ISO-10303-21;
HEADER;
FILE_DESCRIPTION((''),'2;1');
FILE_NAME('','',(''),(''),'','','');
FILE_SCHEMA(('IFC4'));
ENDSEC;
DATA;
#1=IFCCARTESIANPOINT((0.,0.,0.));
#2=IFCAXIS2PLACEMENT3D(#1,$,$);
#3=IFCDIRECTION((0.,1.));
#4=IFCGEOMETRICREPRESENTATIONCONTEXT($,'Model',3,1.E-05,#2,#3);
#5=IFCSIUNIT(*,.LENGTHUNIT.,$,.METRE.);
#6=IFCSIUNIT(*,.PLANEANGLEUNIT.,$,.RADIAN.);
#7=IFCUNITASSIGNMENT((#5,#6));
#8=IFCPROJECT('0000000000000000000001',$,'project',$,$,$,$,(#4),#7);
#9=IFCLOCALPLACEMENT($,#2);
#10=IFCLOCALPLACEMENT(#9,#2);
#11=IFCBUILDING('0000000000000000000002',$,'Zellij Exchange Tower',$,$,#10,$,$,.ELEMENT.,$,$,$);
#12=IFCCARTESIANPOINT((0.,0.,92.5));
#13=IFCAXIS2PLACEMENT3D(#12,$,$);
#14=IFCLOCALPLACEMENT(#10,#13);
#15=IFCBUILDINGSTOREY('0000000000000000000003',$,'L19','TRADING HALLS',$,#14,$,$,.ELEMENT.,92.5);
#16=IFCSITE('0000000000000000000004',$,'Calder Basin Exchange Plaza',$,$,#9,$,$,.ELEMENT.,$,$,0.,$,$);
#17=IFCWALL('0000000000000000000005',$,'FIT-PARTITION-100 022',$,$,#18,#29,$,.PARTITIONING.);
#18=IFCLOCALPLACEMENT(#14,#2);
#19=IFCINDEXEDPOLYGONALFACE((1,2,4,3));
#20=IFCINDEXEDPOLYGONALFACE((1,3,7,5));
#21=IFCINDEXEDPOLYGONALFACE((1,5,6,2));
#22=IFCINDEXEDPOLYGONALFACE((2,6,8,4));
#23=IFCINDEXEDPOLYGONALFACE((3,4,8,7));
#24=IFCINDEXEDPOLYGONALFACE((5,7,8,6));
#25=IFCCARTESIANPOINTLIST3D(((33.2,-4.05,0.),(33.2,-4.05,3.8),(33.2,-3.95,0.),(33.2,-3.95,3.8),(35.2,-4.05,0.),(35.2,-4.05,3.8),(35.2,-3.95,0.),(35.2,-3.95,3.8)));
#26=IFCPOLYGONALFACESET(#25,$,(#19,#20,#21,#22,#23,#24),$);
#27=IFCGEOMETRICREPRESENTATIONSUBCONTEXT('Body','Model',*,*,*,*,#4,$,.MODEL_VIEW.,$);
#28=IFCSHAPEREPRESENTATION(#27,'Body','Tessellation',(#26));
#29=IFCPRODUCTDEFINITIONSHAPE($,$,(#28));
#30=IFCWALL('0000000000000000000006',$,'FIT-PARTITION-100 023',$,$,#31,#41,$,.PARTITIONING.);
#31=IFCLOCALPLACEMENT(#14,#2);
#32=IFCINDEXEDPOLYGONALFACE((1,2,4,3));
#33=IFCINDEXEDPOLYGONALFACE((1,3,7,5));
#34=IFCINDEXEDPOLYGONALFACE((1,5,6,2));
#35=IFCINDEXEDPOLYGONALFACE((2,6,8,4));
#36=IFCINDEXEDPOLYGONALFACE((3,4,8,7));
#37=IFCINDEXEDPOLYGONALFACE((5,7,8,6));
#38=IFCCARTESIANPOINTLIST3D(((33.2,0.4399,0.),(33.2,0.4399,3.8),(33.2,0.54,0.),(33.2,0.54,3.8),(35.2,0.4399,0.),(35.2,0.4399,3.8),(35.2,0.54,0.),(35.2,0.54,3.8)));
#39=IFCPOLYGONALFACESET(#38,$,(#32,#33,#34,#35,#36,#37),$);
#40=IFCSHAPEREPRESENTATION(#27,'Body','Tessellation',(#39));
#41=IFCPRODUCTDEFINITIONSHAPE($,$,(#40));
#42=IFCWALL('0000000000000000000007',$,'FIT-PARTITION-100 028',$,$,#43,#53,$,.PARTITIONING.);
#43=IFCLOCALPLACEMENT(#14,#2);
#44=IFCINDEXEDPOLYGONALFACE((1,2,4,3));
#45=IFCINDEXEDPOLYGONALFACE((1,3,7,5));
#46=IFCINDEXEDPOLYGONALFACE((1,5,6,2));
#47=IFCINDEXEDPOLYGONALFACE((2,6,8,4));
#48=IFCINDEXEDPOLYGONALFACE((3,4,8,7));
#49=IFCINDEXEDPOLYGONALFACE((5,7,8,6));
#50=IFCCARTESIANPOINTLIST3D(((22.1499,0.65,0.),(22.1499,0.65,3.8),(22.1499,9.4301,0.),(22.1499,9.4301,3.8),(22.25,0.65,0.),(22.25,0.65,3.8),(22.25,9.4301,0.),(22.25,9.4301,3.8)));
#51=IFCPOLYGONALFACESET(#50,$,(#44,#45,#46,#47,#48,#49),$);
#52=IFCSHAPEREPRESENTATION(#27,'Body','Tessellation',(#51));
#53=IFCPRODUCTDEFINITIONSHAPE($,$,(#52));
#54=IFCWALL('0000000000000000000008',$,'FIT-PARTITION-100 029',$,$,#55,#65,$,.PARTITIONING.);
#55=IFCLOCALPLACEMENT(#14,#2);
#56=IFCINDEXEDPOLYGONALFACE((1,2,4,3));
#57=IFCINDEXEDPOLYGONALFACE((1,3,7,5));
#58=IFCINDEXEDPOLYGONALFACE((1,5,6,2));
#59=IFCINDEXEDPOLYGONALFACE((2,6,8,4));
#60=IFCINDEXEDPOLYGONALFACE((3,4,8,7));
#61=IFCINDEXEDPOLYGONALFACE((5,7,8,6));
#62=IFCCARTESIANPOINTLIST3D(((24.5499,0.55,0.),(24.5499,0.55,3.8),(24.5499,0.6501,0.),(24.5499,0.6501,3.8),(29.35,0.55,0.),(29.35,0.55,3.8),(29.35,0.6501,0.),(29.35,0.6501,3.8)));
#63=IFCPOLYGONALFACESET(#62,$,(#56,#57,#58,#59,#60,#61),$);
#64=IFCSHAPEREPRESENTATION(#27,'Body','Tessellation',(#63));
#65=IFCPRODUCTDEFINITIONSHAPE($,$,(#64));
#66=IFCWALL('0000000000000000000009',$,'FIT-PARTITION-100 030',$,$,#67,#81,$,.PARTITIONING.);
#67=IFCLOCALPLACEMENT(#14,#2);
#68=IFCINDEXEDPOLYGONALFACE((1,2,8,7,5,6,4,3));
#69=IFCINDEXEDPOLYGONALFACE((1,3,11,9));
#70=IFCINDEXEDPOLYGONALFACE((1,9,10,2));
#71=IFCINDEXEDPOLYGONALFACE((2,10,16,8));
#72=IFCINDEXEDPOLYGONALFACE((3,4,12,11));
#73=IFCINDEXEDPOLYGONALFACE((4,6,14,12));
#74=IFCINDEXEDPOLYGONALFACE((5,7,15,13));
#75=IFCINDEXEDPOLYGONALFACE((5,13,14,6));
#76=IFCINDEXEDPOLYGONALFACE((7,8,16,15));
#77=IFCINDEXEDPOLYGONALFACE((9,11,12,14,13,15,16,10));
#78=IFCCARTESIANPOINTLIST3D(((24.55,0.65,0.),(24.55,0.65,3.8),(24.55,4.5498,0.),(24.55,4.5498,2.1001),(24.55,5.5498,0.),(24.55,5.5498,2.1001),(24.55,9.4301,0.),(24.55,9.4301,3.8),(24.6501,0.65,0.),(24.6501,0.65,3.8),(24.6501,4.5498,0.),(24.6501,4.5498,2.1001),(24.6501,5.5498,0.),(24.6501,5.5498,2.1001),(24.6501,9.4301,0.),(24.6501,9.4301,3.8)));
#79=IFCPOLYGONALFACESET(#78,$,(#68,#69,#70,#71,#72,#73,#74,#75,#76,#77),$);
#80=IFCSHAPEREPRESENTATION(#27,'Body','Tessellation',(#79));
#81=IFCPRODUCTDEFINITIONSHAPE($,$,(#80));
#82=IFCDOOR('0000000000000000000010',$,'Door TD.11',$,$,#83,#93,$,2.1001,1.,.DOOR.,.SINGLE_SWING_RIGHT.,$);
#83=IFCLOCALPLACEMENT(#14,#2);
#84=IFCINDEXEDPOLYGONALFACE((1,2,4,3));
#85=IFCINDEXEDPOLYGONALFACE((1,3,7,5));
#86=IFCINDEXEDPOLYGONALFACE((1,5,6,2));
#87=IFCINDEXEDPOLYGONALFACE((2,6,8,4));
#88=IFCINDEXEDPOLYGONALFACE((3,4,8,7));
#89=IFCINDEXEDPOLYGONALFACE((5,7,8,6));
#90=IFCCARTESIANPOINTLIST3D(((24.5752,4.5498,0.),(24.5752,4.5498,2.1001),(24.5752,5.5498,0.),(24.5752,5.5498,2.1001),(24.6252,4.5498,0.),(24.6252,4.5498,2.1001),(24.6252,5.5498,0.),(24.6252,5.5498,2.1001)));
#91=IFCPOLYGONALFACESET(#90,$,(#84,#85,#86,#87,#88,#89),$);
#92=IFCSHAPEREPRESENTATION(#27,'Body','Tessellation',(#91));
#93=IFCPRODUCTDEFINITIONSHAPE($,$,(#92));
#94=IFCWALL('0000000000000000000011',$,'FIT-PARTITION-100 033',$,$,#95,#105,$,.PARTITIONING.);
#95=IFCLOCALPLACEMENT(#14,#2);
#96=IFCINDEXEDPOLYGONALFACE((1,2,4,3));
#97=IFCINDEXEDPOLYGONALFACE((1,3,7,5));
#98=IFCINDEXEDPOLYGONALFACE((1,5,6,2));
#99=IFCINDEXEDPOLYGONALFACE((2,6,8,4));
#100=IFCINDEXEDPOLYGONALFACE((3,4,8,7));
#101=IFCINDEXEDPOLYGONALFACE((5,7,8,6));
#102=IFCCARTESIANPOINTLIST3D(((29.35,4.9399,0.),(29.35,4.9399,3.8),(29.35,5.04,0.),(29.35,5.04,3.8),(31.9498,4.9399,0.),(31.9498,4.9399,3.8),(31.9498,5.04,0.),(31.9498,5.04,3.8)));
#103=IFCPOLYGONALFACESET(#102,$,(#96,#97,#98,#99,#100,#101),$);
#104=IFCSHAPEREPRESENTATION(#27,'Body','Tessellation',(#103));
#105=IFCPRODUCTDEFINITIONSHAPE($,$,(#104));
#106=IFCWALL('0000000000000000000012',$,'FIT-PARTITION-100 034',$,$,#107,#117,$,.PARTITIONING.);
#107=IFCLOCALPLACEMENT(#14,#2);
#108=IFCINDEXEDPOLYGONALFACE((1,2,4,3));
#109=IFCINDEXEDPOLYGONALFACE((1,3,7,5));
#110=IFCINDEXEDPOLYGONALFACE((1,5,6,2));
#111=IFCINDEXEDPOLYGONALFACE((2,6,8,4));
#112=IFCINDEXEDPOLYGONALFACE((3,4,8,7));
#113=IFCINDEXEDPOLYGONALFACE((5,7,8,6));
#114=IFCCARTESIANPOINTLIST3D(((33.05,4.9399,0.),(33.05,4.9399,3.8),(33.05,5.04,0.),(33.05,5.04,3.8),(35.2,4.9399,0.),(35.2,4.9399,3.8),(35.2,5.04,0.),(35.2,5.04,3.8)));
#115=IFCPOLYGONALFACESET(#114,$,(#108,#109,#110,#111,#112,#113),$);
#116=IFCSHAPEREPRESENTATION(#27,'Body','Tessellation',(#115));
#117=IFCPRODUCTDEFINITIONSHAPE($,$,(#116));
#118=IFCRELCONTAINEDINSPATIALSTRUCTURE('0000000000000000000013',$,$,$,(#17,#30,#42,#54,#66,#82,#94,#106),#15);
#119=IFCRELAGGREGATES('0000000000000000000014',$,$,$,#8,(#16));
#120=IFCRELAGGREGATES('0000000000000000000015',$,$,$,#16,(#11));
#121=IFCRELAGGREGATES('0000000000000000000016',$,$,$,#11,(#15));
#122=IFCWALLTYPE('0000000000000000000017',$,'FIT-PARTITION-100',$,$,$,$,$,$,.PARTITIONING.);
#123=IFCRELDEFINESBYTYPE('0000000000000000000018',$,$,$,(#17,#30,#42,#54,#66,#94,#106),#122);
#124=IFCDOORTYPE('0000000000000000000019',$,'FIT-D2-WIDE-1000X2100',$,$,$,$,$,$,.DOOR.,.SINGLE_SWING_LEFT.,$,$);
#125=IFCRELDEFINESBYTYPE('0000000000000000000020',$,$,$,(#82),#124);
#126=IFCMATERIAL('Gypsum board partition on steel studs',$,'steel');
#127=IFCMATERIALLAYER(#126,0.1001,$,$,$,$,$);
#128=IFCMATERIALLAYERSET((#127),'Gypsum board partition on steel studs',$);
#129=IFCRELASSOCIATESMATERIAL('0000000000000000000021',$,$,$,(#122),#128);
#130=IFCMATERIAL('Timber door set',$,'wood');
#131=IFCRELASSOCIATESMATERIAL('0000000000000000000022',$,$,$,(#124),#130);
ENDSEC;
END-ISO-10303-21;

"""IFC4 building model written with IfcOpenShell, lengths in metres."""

from ifc_helpers import new_model, si_unit, direction, frame, frame_2d, origin, place, context, subcontext, project, spatial, rectangle, extrude, material, layer, layer_set, type_object, element, fill, save


model = new_model("IFC4")

# Units and contexts
model_context = context("Model", 3, precision=1e-05, world=origin(), true_north=direction((0.0, 1.0)))
body_context = subcontext(model_context, "Body", "Model", "MODEL_VIEW")
ifc_project = project(units=[si_unit("LENGTHUNIT", "METRE"), si_unit("PLANEANGLEUNIT", "RADIAN")], contexts=[model_context])

# Site, building, storey
site_placement = place(None, origin())
site = spatial("IfcSite", under=ifc_project, at=site_placement, Name="Calder Basin Exchange Plaza", CompositionType="ELEMENT", RefElevation=0.0)
building_placement = place(site_placement, origin())
building = spatial("IfcBuilding", under=site, at=building_placement, Name="Zellij Exchange Tower", CompositionType="ELEMENT")
storey_placement = place(building_placement, frame((0.0, 0.0, 92.5)))
storey = spatial("IfcBuildingStorey", under=building, at=storey_placement, Name="L19", Description="TRADING HALLS", CompositionType="ELEMENT", Elevation=92.5)

# Walls
ifc_material_1 = material(Name="Gypsum board partition on steel studs", Category="steel")
ifc_layer_1 = layer(ifc_material_1, 0.1001)
ifc_layer_set_1 = layer_set([ifc_layer_1], Name="Gypsum board partition on steel studs")
wall_type = type_object("IfcWallType", Name="FIT-PARTITION-100", PredefinedType="PARTITIONING", material=ifc_layer_set_1)
for number, where, z_axis, x_axis, name in (
    (1, (33.2, -4.0, 0.0), (0.0, 0.0, 1.0), (1.0, 0.0, 0.0), "FIT-PARTITION-100 022"),
    (2, (33.2, 0.49, 0.0), (0.0, 0.0, 1.0), (1.0, 0.0, 0.0), "FIT-PARTITION-100 023"),
):
    element("IfcWall", number, at=place(storey_placement, frame(where, z_axis=z_axis, x_axis=x_axis)), inside=storey, type_object=wall_type, Name=name, PredefinedType="PARTITIONING", context=body_context, shape_type="SweptSolid", body=[
        extrude(rectangle(XDim=2.0, YDim=0.1001, at=frame_2d((1.0, 0.0))), origin(), (0.0, 0.0, 1.0), 3.8),
    ])
wall_1_placement = place(storey_placement, frame((22.2, 0.6499, 0.0), z_axis=(0.0, 0.0, 1.0), x_axis=(0.0, 1.0, 0.0)))
element("IfcWall", 3, at=wall_1_placement, inside=storey, type_object=wall_type, Name="FIT-PARTITION-100 028", PredefinedType="PARTITIONING", context=body_context, shape_type="SweptSolid", body=[
    extrude(rectangle(XDim=8.78, YDim=0.1001, at=frame_2d((4.3901, 0.0))), origin(), (0.0, 0.0, 1.0), 3.8),
])
wall_2_placement = place(storey_placement, frame((24.55, 0.6001, 0.0), z_axis=(0.0, 0.0, 1.0), x_axis=(1.0, 0.0, 0.0)))
element("IfcWall", 4, at=wall_2_placement, inside=storey, type_object=wall_type, Name="FIT-PARTITION-100 029", PredefinedType="PARTITIONING", context=body_context, shape_type="SweptSolid", body=[
    extrude(rectangle(XDim=4.8, YDim=0.1001, at=frame_2d((2.3999, 0.0))), origin(), (0.0, 0.0, 1.0), 3.8),
])

# Wall, opening, door
wall_3_placement = place(storey_placement, frame((24.6001, 0.6499, 0.0), z_axis=(0.0, 0.0, 1.0), x_axis=(0.0, 1.0, 0.0)))
wall_3 = element("IfcWall", 5, at=wall_3_placement, inside=storey, type_object=wall_type, Name="FIT-PARTITION-100 030", PredefinedType="PARTITIONING", context=body_context, shape_type="SweptSolid", body=[
    extrude(rectangle(XDim=8.78, YDim=0.1001, at=frame_2d((4.3901, 0.0))), origin(), (0.0, 0.0, 1.0), 3.8),
])
opening_placement = place(wall_3_placement, frame((3.8999, 0.0, 0.0)))
opening = element("IfcOpeningElement", 6, at=opening_placement, cuts=wall_3, PredefinedType="OPENING", context=body_context, shape_type="SweptSolid", body=[
    extrude(rectangle(XDim=1.0, YDim=2.1001, at=frame_2d((0.5, 1.05))), frame((0.0, 0.062, 0.0), z_axis=(0.0, -1.0, 0.0), x_axis=(1.0, 0.0, 0.0)), (0.0, 0.0, 1.0), 0.124),
])
ifc_material_2 = material(Name="Timber door set", Category="wood")
door_type = type_object("IfcDoorType", Name="FIT-D2-WIDE-1000X2100", OperationType="SINGLE_SWING_LEFT", PredefinedType="DOOR", material=ifc_material_2)
door_placement = place(opening_placement, origin())
door = element("IfcDoor", 7, at=door_placement, inside=storey, type_object=door_type, Name="Door TD.11", OperationType="SINGLE_SWING_RIGHT", OverallHeight=2.1001, OverallWidth=1.0, PredefinedType="DOOR", context=body_context, shape_type="SweptSolid", body=[
    extrude(rectangle(XDim=1.0, YDim=2.1001, at=frame_2d((0.5, 1.05))), frame((0.0, 0.0249, 0.0), z_axis=(0.0, -1.0, 0.0), x_axis=(1.0, 0.0, 0.0)), (0.0, 0.0, 1.0), 0.05),
])
fill(opening, door)

# Walls
wall_4_placement = place(storey_placement, frame((29.3501, 4.99, 0.0), z_axis=(0.0, 0.0, 1.0), x_axis=(1.0, 0.0, 0.0)))
element("IfcWall", 8, at=wall_4_placement, inside=storey, type_object=wall_type, Name="FIT-PARTITION-100 033", PredefinedType="PARTITIONING", context=body_context, shape_type="SweptSolid", body=[
    extrude(rectangle(XDim=2.5999, YDim=0.1001, at=frame_2d((1.2998, 0.0))), origin(), (0.0, 0.0, 1.0), 3.8),
])
wall_5_placement = place(storey_placement, frame((33.05, 4.99, 0.0), z_axis=(0.0, 0.0, 1.0), x_axis=(1.0, 0.0, 0.0)))
element("IfcWall", 9, at=wall_5_placement, inside=storey, type_object=wall_type, Name="FIT-PARTITION-100 034", PredefinedType="PARTITIONING", context=body_context, shape_type="SweptSolid", body=[
    extrude(rectangle(XDim=2.1499, YDim=0.1001, at=frame_2d((1.075, 0.0))), origin(), (0.0, 0.0, 1.0), 3.8),
])

save(model, "model.ifc")
